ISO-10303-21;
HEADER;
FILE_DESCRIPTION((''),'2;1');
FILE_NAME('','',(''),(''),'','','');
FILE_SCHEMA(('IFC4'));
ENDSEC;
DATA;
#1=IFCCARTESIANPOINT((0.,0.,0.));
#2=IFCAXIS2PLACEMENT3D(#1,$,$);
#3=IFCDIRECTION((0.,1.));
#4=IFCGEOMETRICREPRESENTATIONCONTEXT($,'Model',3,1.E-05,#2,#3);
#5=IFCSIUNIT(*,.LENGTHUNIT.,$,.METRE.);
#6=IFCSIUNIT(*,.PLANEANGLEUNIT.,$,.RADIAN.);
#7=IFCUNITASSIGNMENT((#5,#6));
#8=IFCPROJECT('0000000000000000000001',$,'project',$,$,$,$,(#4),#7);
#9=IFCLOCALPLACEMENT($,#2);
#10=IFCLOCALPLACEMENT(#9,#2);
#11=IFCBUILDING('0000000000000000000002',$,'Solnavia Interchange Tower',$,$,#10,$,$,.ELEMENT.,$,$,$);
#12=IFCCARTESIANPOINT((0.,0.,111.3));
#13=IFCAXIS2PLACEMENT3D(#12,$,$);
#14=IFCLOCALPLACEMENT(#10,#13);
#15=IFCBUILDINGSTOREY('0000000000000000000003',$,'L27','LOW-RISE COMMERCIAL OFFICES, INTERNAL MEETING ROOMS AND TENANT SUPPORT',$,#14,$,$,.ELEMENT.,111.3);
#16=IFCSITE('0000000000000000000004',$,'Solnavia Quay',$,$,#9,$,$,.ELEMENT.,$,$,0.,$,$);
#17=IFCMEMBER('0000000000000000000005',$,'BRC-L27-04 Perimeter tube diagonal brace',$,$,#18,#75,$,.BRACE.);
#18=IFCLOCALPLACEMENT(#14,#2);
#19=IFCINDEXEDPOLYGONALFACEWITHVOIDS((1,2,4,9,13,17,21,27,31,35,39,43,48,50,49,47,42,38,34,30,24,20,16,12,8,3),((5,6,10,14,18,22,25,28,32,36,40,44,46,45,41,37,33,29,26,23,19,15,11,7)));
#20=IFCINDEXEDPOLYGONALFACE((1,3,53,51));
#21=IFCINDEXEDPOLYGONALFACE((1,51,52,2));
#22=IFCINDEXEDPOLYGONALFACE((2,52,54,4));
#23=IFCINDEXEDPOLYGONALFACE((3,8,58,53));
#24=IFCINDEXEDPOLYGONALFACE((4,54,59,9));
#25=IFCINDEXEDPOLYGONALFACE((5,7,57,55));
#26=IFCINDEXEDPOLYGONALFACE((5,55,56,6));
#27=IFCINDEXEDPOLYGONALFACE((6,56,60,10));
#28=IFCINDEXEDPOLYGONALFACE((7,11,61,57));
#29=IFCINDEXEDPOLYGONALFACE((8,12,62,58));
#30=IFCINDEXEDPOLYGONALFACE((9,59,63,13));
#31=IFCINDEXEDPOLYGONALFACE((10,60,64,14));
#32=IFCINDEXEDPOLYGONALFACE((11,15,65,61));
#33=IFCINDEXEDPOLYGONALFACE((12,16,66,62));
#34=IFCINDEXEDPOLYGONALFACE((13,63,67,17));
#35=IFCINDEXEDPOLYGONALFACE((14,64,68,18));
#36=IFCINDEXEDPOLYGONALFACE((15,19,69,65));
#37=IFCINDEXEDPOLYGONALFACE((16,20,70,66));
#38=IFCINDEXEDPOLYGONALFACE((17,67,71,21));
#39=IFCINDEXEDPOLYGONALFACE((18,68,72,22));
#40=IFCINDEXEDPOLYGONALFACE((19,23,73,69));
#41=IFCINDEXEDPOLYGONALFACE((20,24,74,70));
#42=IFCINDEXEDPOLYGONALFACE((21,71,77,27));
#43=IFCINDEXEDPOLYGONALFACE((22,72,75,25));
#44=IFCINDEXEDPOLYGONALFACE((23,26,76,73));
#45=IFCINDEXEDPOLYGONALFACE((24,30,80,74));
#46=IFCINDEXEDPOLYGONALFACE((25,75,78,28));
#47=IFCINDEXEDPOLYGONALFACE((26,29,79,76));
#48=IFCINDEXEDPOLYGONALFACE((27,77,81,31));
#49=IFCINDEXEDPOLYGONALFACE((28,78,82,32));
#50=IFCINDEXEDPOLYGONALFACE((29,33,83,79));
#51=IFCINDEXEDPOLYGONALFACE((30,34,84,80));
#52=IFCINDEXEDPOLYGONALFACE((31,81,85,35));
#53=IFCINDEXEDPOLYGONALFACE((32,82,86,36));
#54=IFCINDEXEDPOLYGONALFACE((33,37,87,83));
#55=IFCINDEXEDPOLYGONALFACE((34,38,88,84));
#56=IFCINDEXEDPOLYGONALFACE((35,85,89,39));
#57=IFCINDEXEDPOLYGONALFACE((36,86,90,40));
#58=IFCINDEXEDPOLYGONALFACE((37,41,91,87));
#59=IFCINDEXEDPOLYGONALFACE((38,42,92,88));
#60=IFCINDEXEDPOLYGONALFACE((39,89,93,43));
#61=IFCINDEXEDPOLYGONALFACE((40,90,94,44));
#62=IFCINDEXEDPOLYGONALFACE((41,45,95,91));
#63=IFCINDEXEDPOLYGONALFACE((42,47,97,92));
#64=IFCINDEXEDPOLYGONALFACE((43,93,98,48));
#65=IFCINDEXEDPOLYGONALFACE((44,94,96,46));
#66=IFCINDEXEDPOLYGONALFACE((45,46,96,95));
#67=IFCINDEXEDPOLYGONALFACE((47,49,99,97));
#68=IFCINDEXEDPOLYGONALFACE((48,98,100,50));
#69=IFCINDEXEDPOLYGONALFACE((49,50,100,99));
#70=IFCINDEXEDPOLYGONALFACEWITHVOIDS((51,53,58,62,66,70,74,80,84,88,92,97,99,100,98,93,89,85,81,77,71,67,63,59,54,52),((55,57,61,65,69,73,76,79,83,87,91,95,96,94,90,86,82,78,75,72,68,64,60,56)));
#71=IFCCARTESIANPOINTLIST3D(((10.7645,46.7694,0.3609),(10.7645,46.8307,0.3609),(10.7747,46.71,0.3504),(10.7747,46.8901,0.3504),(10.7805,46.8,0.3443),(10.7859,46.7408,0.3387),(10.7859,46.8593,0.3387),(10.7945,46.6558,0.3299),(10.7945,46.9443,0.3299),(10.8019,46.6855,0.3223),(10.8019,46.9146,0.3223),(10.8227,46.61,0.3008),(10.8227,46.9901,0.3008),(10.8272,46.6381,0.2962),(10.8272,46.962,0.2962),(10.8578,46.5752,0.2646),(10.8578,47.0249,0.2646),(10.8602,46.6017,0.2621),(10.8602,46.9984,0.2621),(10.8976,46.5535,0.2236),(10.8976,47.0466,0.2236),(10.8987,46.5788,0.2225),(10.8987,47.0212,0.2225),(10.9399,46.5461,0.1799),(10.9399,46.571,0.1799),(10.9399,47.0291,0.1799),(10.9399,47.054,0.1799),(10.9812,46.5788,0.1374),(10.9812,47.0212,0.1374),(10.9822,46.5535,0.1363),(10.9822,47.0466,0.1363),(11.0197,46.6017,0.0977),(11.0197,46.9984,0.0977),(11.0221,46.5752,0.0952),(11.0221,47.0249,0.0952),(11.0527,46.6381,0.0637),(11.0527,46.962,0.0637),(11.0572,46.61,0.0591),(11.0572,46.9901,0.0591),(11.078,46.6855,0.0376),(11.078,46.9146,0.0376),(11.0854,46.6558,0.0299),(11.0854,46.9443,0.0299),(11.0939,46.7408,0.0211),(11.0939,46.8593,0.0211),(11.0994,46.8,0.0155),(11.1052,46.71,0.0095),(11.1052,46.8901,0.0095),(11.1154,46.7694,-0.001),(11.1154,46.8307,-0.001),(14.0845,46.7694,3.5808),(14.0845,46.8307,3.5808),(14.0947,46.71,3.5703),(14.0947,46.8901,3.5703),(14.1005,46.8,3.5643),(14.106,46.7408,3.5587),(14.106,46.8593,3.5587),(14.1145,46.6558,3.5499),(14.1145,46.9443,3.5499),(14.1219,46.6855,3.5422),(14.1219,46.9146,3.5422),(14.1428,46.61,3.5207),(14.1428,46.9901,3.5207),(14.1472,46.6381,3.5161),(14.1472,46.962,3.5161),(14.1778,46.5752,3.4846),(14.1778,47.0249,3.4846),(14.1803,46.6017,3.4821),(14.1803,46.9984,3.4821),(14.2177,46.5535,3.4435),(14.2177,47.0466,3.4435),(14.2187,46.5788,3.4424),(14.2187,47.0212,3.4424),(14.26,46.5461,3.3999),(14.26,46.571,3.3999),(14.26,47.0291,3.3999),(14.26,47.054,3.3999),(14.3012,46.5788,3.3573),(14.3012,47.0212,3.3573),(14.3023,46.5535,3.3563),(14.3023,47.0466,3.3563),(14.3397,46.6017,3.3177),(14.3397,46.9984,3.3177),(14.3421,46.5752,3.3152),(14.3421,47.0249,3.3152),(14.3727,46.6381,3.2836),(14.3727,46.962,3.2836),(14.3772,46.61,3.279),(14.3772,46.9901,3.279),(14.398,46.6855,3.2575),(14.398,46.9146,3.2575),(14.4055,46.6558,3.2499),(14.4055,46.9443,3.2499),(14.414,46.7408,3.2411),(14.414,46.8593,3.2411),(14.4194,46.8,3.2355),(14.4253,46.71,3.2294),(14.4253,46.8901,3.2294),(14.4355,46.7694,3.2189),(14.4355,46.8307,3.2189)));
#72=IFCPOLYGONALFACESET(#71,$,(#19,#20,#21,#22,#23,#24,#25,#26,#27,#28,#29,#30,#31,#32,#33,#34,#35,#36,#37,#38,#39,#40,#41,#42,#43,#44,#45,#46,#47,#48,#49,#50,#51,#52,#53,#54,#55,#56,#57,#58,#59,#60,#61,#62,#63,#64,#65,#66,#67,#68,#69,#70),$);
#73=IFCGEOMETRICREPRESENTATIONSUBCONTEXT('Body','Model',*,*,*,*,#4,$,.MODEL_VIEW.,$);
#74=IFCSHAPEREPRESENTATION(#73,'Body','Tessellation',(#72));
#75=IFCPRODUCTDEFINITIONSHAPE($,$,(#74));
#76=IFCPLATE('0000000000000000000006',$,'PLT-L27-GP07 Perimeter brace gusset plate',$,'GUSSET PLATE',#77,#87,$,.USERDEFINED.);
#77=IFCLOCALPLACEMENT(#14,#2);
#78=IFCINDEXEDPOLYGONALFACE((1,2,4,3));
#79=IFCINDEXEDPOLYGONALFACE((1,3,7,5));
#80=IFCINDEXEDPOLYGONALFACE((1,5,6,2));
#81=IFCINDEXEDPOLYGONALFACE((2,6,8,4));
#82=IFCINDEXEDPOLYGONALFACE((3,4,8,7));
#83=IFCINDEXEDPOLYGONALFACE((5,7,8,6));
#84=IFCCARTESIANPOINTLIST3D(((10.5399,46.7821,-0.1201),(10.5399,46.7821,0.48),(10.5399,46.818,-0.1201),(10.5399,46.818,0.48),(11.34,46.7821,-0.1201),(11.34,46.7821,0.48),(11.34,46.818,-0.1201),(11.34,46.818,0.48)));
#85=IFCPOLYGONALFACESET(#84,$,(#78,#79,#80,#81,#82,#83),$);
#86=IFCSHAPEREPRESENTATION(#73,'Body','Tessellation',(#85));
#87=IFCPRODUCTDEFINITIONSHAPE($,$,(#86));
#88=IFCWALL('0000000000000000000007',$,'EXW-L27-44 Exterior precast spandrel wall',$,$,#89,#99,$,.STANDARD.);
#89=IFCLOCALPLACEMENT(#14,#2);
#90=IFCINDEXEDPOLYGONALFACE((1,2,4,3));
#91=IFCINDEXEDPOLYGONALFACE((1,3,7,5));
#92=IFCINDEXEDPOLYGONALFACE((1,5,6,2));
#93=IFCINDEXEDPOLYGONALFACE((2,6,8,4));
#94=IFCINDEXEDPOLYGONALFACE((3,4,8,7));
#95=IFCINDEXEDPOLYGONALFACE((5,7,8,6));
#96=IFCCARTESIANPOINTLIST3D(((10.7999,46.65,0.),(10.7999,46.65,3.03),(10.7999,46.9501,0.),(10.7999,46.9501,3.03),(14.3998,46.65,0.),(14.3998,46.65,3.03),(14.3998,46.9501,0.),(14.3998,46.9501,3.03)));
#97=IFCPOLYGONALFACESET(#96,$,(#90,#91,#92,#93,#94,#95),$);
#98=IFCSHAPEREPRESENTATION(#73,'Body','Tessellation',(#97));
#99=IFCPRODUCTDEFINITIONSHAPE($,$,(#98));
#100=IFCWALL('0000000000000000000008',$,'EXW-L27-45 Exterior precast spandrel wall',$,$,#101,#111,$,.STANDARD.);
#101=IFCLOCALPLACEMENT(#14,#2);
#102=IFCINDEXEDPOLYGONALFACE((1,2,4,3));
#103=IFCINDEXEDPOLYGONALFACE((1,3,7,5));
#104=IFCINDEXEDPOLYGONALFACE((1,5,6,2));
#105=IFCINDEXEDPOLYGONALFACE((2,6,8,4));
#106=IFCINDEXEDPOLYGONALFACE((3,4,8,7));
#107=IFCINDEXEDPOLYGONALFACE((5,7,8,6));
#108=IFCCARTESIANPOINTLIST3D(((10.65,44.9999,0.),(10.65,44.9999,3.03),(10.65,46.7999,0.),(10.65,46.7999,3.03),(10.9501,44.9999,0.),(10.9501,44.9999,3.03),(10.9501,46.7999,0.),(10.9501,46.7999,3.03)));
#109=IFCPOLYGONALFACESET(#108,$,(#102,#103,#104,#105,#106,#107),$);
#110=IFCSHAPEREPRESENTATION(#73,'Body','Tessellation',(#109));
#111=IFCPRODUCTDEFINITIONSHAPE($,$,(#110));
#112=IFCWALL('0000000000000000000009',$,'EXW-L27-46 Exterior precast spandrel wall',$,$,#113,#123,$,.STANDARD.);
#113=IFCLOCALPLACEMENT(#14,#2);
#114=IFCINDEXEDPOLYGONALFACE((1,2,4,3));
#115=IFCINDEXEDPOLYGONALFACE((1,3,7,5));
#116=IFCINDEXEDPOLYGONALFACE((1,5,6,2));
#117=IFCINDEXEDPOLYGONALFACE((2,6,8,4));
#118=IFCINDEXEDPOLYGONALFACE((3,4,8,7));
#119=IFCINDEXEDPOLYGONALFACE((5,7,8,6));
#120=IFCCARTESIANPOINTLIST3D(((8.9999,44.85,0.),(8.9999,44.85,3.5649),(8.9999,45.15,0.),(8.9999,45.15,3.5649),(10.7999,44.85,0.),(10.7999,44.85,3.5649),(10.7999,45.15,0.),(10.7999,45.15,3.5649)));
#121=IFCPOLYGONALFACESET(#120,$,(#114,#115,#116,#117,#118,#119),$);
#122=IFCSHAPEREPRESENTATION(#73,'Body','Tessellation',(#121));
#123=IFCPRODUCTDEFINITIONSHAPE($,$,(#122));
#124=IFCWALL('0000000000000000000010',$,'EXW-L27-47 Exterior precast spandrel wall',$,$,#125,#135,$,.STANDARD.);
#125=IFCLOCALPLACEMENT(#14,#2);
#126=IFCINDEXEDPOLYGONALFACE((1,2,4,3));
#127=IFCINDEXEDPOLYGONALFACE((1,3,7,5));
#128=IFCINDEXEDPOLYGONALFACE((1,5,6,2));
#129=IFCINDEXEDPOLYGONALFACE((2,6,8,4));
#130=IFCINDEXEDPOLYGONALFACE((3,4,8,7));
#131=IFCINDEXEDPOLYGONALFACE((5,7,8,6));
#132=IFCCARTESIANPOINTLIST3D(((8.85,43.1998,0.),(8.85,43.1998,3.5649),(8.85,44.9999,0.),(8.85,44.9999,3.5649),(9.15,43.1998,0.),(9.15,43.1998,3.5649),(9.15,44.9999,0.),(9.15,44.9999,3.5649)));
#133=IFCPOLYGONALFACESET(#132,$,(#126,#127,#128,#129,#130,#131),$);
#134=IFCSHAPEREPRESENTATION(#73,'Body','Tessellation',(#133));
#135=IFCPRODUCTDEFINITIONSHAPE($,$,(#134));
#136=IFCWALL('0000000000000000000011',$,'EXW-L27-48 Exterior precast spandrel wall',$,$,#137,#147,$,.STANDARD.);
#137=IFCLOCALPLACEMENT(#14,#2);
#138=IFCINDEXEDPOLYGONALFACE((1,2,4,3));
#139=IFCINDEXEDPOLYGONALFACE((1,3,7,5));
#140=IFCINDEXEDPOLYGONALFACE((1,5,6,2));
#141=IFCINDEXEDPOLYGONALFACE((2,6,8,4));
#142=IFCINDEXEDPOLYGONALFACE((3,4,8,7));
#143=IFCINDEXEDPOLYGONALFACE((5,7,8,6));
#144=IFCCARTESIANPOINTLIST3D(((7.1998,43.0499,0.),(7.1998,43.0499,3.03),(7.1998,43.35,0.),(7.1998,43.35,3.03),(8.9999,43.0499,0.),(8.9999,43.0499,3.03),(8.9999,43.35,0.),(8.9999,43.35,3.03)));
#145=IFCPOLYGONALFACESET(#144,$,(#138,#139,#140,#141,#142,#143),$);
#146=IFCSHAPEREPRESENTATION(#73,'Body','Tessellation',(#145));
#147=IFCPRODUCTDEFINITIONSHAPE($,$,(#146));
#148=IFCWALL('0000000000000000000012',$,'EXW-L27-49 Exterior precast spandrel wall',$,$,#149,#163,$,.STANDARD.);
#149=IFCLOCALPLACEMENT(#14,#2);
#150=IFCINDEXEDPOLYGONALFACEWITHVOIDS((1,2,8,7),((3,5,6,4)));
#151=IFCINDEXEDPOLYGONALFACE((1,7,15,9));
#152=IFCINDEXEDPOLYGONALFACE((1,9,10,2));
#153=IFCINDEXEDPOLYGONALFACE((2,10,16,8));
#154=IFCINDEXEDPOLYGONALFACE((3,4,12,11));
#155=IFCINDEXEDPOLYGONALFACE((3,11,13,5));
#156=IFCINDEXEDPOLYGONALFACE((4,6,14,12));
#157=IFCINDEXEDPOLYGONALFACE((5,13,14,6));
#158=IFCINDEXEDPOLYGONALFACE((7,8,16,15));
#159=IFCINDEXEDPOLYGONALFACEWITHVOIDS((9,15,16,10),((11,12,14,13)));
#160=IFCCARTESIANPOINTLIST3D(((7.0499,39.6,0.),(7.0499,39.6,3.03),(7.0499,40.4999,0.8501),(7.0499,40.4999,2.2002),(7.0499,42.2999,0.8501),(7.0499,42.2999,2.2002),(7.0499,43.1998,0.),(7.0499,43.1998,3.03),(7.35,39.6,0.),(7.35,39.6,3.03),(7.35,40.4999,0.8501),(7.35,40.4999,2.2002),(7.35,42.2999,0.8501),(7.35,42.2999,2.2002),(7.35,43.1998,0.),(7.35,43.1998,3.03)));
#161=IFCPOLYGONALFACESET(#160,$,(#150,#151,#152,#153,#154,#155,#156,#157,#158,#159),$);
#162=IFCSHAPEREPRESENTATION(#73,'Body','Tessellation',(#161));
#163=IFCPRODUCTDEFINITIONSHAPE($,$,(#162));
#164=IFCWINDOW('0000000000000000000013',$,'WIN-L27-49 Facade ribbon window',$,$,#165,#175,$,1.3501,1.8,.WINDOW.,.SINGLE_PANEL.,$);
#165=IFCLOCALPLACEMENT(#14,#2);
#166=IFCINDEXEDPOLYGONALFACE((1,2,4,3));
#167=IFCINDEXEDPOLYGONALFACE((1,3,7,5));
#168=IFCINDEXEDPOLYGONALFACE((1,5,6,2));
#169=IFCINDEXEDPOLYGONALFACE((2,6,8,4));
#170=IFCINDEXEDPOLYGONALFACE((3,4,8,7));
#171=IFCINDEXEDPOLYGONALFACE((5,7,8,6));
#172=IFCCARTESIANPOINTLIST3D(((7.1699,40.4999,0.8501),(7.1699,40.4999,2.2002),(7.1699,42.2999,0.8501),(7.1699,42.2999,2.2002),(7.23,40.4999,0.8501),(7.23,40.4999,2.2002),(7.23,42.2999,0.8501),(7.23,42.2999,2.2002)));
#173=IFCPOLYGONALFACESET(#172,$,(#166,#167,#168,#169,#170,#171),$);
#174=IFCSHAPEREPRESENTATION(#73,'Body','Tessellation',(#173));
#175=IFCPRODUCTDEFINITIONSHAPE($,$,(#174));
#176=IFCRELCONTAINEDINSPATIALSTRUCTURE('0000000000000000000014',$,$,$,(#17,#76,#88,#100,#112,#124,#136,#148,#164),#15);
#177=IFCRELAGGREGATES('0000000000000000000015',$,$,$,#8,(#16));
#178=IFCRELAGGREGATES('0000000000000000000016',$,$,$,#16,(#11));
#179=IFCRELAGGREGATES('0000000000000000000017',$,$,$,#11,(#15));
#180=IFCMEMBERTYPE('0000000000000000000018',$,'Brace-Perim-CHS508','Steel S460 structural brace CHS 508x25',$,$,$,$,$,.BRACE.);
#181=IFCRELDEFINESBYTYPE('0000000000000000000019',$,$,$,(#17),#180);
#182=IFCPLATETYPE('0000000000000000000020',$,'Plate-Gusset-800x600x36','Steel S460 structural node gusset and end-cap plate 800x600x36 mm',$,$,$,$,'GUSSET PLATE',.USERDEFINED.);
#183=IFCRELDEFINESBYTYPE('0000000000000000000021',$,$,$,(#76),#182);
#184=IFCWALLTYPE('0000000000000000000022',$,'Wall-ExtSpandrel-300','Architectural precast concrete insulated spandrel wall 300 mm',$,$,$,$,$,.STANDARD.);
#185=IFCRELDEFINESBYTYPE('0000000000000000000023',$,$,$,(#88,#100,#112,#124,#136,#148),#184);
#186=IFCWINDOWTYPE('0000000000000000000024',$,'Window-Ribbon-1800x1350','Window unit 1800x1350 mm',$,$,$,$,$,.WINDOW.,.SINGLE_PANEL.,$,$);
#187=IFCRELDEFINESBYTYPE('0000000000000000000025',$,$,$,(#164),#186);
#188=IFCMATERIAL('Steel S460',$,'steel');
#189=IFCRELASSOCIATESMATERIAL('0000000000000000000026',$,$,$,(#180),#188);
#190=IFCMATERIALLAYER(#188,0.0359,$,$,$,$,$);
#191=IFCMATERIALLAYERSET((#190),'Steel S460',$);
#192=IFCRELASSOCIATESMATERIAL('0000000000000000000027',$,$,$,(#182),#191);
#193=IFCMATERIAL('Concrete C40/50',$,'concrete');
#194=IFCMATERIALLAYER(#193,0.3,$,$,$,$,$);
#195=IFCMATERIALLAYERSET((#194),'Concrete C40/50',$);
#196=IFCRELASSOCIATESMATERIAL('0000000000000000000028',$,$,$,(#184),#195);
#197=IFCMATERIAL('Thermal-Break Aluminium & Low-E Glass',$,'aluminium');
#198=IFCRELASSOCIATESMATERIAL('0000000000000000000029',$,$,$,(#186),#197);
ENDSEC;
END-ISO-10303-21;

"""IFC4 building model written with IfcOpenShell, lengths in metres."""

from ifc_helpers import new_model, si_unit, direction, frame, frame_2d, origin, origin_2d, place, context, subcontext, project, spatial, rectangle, hollow_circle, extrude, material, layer, layer_set, material_profile, profile_set, type_object, element, fill, save


model = new_model("IFC4")

# Units and contexts
model_context = context("Model", 3, precision=1e-05, world=origin(), true_north=direction((0.0, 1.0)))
body_context = subcontext(model_context, "Body", "Model", "MODEL_VIEW")
ifc_project = project(units=[si_unit("LENGTHUNIT", "METRE"), si_unit("PLANEANGLEUNIT", "RADIAN")], contexts=[model_context])

# Site, building, storey
site_placement = place(None, origin())
site = spatial("IfcSite", under=ifc_project, at=site_placement, Name="Solnavia Quay", CompositionType="ELEMENT", RefElevation=0.0)
building_placement = place(site_placement, origin())
building = spatial("IfcBuilding", under=site, at=building_placement, Name="Solnavia Interchange Tower", CompositionType="ELEMENT")
storey_placement = place(building_placement, frame((0.0, 0.0, 111.3)))
storey = spatial("IfcBuildingStorey", under=building, at=storey_placement, Name="L27", Description="LOW-RISE COMMERCIAL OFFICES, INTERNAL MEETING ROOMS AND TENANT SUPPORT", CompositionType="ELEMENT", Elevation=111.3)

# Member
ifc_material_1 = material(Name="Steel S460", Category="steel")
ifc_material_profile_1 = material_profile(ifc_material_1, hollow_circle(Radius=0.2539, WallThickness=0.0249, at=origin_2d()), Name="CHS 508x25")
ifc_profile_set_1 = profile_set([ifc_material_profile_1], Name="Steel S460")
member_type = type_object("IfcMemberType", Name="Brace-Perim-CHS508", Description="Steel S460 structural brace CHS 508x25", PredefinedType="BRACE", material=ifc_profile_set_1)
member_placement = place(storey_placement, frame((10.9399, 46.8, 0.1799), z_axis=(0.717845, 0.0, 0.696203), x_axis=(0.0, 1.0, 0.0)))
element("IfcMember", 1, at=member_placement, inside=storey, type_object=member_type, Name="BRC-L27-04 Perimeter tube diagonal brace", PredefinedType="BRACE", context=body_context, shape_type="SweptSolid", body=[
    extrude(hollow_circle(Radius=0.2539, WallThickness=0.0249, at=origin_2d()), origin(), (0.0, 0.0, 1.0), 4.625),
])

# Plate
ifc_layer_1 = layer(ifc_material_1, 0.0359)
ifc_layer_set_1 = layer_set([ifc_layer_1], Name="Steel S460")
plate_type = type_object("IfcPlateType", Name="Plate-Gusset-800x600x36", Description="Steel S460 structural node gusset and end-cap plate 800x600x36 mm", ElementType="GUSSET PLATE", PredefinedType="USERDEFINED", material=ifc_layer_set_1)
plate_placement = place(storey_placement, frame((10.9399, 46.8, -0.1201), z_axis=(0.0, 0.0, 1.0), x_axis=(1.0, 0.0, 0.0)))
element("IfcPlate", 2, at=plate_placement, inside=storey, type_object=plate_type, Name="PLT-L27-GP07 Perimeter brace gusset plate", ObjectType="GUSSET PLATE", PredefinedType="USERDEFINED", context=body_context, shape_type="SweptSolid", body=[
    extrude(rectangle(XDim=0.8, YDim=0.0359, at=origin_2d()), origin(), (0.0, 0.0, 1.0), 0.6001),
])

# Walls
ifc_material_2 = material(Name="Concrete C40/50", Category="concrete")
ifc_layer_2 = layer(ifc_material_2, 0.3)
ifc_layer_set_2 = layer_set([ifc_layer_2], Name="Concrete C40/50")
wall_type = type_object("IfcWallType", Name="Wall-ExtSpandrel-300", Description="Architectural precast concrete insulated spandrel wall 300 mm", PredefinedType="STANDARD", material=ifc_layer_set_2)
wall_1_placement = place(storey_placement, frame((10.8, 46.8, 0.0), z_axis=(0.0, 0.0, 1.0), x_axis=(1.0, 0.0, 0.0)))
element("IfcWall", 3, at=wall_1_placement, inside=storey, type_object=wall_type, Name="EXW-L27-44 Exterior precast spandrel wall", PredefinedType="STANDARD", context=body_context, shape_type="SweptSolid", body=[
    extrude(rectangle(XDim=3.5999, YDim=0.3, at=frame_2d((1.7998, 0.0))), origin(), (0.0, 0.0, 1.0), 3.03),
])
wall_2_placement = place(storey_placement, frame((10.8, 45.0, 0.0), z_axis=(0.0, 0.0, 1.0), x_axis=(0.0, 1.0, 0.0)))
element("IfcWall", 4, at=wall_2_placement, inside=storey, type_object=wall_type, Name="EXW-L27-45 Exterior precast spandrel wall", PredefinedType="STANDARD", context=body_context, shape_type="SweptSolid", body=[
    extrude(rectangle(XDim=1.8, YDim=0.3, at=frame_2d((0.8999, 0.0))), origin(), (0.0, 0.0, 1.0), 3.03),
])
for number, where, z_axis, x_axis, name in (
    (5, (9.0, 45.0, 0.0), (0.0, 0.0, 1.0), (1.0, 0.0, 0.0), "EXW-L27-46 Exterior precast spandrel wall"),
    (6, (9.0, 43.2, 0.0), (0.0, 0.0, 1.0), (0.0, 1.0, 0.0), "EXW-L27-47 Exterior precast spandrel wall"),
):
    element("IfcWall", number, at=place(storey_placement, frame(where, z_axis=z_axis, x_axis=x_axis)), inside=storey, type_object=wall_type, Name=name, PredefinedType="STANDARD", context=body_context, shape_type="SweptSolid", body=[
        extrude(rectangle(XDim=1.8, YDim=0.3, at=frame_2d((0.8999, 0.0))), origin(), (0.0, 0.0, 1.0), 3.5649),
    ])
wall_3_placement = place(storey_placement, frame((7.2, 43.2, 0.0), z_axis=(0.0, 0.0, 1.0), x_axis=(1.0, 0.0, 0.0)))
element("IfcWall", 7, at=wall_3_placement, inside=storey, type_object=wall_type, Name="EXW-L27-48 Exterior precast spandrel wall", PredefinedType="STANDARD", context=body_context, shape_type="SweptSolid", body=[
    extrude(rectangle(XDim=1.8, YDim=0.3, at=frame_2d((0.8999, 0.0))), origin(), (0.0, 0.0, 1.0), 3.03),
])

# Wall, opening, window
wall_4_placement = place(storey_placement, frame((7.2, 39.6001, 0.0), z_axis=(0.0, 0.0, 1.0), x_axis=(0.0, 1.0, 0.0)))
wall_4 = element("IfcWall", 8, at=wall_4_placement, inside=storey, type_object=wall_type, Name="EXW-L27-49 Exterior precast spandrel wall", PredefinedType="STANDARD", context=body_context, shape_type="SweptSolid", body=[
    extrude(rectangle(XDim=3.5999, YDim=0.3, at=frame_2d((1.7998, 0.0))), origin(), (0.0, 0.0, 1.0), 3.03),
])
opening_1_placement = place(wall_4_placement, frame((0.8999, 0.0, 0.8501)))
opening_1 = element("IfcOpeningElement", 9, at=opening_1_placement, cuts=wall_4, PredefinedType="OPENING", context=body_context, shape_type="SweptSolid", body=[
    extrude(rectangle(XDim=1.8, YDim=1.3501, at=frame_2d((0.8999, 0.675))), frame((0.0, 0.1602, 0.0), z_axis=(0.0, -1.0, 0.0), x_axis=(1.0, 0.0, 0.0)), (0.0, 0.0, 1.0), 0.3201),
])
ifc_material_3 = material(Name="Thermal-Break Aluminium & Low-E Glass", Category="aluminium")
window_type = type_object("IfcWindowType", Name="Window-Ribbon-1800x1350", Description="Window unit 1800x1350 mm", PartitioningType="SINGLE_PANEL", PredefinedType="WINDOW", material=ifc_material_3)
window_1_placement = place(opening_1_placement, origin())
window_1 = element("IfcWindow", 10, at=window_1_placement, inside=storey, type_object=window_type, Name="WIN-L27-49 Facade ribbon window", OverallHeight=1.3501, OverallWidth=1.8, PartitioningType="SINGLE_PANEL", PredefinedType="WINDOW", context=body_context, shape_type="SweptSolid", body=[
    extrude(rectangle(XDim=1.8, YDim=1.3501, at=frame_2d((0.8999, 0.675))), frame((0.0, 0.03, 0.0), z_axis=(0.0, -1.0, 0.0), x_axis=(1.0, 0.0, 0.0)), (0.0, 0.0, 1.0), 0.0601),
])
fill(opening_1, window_1)

save(model, "model.ifc")
